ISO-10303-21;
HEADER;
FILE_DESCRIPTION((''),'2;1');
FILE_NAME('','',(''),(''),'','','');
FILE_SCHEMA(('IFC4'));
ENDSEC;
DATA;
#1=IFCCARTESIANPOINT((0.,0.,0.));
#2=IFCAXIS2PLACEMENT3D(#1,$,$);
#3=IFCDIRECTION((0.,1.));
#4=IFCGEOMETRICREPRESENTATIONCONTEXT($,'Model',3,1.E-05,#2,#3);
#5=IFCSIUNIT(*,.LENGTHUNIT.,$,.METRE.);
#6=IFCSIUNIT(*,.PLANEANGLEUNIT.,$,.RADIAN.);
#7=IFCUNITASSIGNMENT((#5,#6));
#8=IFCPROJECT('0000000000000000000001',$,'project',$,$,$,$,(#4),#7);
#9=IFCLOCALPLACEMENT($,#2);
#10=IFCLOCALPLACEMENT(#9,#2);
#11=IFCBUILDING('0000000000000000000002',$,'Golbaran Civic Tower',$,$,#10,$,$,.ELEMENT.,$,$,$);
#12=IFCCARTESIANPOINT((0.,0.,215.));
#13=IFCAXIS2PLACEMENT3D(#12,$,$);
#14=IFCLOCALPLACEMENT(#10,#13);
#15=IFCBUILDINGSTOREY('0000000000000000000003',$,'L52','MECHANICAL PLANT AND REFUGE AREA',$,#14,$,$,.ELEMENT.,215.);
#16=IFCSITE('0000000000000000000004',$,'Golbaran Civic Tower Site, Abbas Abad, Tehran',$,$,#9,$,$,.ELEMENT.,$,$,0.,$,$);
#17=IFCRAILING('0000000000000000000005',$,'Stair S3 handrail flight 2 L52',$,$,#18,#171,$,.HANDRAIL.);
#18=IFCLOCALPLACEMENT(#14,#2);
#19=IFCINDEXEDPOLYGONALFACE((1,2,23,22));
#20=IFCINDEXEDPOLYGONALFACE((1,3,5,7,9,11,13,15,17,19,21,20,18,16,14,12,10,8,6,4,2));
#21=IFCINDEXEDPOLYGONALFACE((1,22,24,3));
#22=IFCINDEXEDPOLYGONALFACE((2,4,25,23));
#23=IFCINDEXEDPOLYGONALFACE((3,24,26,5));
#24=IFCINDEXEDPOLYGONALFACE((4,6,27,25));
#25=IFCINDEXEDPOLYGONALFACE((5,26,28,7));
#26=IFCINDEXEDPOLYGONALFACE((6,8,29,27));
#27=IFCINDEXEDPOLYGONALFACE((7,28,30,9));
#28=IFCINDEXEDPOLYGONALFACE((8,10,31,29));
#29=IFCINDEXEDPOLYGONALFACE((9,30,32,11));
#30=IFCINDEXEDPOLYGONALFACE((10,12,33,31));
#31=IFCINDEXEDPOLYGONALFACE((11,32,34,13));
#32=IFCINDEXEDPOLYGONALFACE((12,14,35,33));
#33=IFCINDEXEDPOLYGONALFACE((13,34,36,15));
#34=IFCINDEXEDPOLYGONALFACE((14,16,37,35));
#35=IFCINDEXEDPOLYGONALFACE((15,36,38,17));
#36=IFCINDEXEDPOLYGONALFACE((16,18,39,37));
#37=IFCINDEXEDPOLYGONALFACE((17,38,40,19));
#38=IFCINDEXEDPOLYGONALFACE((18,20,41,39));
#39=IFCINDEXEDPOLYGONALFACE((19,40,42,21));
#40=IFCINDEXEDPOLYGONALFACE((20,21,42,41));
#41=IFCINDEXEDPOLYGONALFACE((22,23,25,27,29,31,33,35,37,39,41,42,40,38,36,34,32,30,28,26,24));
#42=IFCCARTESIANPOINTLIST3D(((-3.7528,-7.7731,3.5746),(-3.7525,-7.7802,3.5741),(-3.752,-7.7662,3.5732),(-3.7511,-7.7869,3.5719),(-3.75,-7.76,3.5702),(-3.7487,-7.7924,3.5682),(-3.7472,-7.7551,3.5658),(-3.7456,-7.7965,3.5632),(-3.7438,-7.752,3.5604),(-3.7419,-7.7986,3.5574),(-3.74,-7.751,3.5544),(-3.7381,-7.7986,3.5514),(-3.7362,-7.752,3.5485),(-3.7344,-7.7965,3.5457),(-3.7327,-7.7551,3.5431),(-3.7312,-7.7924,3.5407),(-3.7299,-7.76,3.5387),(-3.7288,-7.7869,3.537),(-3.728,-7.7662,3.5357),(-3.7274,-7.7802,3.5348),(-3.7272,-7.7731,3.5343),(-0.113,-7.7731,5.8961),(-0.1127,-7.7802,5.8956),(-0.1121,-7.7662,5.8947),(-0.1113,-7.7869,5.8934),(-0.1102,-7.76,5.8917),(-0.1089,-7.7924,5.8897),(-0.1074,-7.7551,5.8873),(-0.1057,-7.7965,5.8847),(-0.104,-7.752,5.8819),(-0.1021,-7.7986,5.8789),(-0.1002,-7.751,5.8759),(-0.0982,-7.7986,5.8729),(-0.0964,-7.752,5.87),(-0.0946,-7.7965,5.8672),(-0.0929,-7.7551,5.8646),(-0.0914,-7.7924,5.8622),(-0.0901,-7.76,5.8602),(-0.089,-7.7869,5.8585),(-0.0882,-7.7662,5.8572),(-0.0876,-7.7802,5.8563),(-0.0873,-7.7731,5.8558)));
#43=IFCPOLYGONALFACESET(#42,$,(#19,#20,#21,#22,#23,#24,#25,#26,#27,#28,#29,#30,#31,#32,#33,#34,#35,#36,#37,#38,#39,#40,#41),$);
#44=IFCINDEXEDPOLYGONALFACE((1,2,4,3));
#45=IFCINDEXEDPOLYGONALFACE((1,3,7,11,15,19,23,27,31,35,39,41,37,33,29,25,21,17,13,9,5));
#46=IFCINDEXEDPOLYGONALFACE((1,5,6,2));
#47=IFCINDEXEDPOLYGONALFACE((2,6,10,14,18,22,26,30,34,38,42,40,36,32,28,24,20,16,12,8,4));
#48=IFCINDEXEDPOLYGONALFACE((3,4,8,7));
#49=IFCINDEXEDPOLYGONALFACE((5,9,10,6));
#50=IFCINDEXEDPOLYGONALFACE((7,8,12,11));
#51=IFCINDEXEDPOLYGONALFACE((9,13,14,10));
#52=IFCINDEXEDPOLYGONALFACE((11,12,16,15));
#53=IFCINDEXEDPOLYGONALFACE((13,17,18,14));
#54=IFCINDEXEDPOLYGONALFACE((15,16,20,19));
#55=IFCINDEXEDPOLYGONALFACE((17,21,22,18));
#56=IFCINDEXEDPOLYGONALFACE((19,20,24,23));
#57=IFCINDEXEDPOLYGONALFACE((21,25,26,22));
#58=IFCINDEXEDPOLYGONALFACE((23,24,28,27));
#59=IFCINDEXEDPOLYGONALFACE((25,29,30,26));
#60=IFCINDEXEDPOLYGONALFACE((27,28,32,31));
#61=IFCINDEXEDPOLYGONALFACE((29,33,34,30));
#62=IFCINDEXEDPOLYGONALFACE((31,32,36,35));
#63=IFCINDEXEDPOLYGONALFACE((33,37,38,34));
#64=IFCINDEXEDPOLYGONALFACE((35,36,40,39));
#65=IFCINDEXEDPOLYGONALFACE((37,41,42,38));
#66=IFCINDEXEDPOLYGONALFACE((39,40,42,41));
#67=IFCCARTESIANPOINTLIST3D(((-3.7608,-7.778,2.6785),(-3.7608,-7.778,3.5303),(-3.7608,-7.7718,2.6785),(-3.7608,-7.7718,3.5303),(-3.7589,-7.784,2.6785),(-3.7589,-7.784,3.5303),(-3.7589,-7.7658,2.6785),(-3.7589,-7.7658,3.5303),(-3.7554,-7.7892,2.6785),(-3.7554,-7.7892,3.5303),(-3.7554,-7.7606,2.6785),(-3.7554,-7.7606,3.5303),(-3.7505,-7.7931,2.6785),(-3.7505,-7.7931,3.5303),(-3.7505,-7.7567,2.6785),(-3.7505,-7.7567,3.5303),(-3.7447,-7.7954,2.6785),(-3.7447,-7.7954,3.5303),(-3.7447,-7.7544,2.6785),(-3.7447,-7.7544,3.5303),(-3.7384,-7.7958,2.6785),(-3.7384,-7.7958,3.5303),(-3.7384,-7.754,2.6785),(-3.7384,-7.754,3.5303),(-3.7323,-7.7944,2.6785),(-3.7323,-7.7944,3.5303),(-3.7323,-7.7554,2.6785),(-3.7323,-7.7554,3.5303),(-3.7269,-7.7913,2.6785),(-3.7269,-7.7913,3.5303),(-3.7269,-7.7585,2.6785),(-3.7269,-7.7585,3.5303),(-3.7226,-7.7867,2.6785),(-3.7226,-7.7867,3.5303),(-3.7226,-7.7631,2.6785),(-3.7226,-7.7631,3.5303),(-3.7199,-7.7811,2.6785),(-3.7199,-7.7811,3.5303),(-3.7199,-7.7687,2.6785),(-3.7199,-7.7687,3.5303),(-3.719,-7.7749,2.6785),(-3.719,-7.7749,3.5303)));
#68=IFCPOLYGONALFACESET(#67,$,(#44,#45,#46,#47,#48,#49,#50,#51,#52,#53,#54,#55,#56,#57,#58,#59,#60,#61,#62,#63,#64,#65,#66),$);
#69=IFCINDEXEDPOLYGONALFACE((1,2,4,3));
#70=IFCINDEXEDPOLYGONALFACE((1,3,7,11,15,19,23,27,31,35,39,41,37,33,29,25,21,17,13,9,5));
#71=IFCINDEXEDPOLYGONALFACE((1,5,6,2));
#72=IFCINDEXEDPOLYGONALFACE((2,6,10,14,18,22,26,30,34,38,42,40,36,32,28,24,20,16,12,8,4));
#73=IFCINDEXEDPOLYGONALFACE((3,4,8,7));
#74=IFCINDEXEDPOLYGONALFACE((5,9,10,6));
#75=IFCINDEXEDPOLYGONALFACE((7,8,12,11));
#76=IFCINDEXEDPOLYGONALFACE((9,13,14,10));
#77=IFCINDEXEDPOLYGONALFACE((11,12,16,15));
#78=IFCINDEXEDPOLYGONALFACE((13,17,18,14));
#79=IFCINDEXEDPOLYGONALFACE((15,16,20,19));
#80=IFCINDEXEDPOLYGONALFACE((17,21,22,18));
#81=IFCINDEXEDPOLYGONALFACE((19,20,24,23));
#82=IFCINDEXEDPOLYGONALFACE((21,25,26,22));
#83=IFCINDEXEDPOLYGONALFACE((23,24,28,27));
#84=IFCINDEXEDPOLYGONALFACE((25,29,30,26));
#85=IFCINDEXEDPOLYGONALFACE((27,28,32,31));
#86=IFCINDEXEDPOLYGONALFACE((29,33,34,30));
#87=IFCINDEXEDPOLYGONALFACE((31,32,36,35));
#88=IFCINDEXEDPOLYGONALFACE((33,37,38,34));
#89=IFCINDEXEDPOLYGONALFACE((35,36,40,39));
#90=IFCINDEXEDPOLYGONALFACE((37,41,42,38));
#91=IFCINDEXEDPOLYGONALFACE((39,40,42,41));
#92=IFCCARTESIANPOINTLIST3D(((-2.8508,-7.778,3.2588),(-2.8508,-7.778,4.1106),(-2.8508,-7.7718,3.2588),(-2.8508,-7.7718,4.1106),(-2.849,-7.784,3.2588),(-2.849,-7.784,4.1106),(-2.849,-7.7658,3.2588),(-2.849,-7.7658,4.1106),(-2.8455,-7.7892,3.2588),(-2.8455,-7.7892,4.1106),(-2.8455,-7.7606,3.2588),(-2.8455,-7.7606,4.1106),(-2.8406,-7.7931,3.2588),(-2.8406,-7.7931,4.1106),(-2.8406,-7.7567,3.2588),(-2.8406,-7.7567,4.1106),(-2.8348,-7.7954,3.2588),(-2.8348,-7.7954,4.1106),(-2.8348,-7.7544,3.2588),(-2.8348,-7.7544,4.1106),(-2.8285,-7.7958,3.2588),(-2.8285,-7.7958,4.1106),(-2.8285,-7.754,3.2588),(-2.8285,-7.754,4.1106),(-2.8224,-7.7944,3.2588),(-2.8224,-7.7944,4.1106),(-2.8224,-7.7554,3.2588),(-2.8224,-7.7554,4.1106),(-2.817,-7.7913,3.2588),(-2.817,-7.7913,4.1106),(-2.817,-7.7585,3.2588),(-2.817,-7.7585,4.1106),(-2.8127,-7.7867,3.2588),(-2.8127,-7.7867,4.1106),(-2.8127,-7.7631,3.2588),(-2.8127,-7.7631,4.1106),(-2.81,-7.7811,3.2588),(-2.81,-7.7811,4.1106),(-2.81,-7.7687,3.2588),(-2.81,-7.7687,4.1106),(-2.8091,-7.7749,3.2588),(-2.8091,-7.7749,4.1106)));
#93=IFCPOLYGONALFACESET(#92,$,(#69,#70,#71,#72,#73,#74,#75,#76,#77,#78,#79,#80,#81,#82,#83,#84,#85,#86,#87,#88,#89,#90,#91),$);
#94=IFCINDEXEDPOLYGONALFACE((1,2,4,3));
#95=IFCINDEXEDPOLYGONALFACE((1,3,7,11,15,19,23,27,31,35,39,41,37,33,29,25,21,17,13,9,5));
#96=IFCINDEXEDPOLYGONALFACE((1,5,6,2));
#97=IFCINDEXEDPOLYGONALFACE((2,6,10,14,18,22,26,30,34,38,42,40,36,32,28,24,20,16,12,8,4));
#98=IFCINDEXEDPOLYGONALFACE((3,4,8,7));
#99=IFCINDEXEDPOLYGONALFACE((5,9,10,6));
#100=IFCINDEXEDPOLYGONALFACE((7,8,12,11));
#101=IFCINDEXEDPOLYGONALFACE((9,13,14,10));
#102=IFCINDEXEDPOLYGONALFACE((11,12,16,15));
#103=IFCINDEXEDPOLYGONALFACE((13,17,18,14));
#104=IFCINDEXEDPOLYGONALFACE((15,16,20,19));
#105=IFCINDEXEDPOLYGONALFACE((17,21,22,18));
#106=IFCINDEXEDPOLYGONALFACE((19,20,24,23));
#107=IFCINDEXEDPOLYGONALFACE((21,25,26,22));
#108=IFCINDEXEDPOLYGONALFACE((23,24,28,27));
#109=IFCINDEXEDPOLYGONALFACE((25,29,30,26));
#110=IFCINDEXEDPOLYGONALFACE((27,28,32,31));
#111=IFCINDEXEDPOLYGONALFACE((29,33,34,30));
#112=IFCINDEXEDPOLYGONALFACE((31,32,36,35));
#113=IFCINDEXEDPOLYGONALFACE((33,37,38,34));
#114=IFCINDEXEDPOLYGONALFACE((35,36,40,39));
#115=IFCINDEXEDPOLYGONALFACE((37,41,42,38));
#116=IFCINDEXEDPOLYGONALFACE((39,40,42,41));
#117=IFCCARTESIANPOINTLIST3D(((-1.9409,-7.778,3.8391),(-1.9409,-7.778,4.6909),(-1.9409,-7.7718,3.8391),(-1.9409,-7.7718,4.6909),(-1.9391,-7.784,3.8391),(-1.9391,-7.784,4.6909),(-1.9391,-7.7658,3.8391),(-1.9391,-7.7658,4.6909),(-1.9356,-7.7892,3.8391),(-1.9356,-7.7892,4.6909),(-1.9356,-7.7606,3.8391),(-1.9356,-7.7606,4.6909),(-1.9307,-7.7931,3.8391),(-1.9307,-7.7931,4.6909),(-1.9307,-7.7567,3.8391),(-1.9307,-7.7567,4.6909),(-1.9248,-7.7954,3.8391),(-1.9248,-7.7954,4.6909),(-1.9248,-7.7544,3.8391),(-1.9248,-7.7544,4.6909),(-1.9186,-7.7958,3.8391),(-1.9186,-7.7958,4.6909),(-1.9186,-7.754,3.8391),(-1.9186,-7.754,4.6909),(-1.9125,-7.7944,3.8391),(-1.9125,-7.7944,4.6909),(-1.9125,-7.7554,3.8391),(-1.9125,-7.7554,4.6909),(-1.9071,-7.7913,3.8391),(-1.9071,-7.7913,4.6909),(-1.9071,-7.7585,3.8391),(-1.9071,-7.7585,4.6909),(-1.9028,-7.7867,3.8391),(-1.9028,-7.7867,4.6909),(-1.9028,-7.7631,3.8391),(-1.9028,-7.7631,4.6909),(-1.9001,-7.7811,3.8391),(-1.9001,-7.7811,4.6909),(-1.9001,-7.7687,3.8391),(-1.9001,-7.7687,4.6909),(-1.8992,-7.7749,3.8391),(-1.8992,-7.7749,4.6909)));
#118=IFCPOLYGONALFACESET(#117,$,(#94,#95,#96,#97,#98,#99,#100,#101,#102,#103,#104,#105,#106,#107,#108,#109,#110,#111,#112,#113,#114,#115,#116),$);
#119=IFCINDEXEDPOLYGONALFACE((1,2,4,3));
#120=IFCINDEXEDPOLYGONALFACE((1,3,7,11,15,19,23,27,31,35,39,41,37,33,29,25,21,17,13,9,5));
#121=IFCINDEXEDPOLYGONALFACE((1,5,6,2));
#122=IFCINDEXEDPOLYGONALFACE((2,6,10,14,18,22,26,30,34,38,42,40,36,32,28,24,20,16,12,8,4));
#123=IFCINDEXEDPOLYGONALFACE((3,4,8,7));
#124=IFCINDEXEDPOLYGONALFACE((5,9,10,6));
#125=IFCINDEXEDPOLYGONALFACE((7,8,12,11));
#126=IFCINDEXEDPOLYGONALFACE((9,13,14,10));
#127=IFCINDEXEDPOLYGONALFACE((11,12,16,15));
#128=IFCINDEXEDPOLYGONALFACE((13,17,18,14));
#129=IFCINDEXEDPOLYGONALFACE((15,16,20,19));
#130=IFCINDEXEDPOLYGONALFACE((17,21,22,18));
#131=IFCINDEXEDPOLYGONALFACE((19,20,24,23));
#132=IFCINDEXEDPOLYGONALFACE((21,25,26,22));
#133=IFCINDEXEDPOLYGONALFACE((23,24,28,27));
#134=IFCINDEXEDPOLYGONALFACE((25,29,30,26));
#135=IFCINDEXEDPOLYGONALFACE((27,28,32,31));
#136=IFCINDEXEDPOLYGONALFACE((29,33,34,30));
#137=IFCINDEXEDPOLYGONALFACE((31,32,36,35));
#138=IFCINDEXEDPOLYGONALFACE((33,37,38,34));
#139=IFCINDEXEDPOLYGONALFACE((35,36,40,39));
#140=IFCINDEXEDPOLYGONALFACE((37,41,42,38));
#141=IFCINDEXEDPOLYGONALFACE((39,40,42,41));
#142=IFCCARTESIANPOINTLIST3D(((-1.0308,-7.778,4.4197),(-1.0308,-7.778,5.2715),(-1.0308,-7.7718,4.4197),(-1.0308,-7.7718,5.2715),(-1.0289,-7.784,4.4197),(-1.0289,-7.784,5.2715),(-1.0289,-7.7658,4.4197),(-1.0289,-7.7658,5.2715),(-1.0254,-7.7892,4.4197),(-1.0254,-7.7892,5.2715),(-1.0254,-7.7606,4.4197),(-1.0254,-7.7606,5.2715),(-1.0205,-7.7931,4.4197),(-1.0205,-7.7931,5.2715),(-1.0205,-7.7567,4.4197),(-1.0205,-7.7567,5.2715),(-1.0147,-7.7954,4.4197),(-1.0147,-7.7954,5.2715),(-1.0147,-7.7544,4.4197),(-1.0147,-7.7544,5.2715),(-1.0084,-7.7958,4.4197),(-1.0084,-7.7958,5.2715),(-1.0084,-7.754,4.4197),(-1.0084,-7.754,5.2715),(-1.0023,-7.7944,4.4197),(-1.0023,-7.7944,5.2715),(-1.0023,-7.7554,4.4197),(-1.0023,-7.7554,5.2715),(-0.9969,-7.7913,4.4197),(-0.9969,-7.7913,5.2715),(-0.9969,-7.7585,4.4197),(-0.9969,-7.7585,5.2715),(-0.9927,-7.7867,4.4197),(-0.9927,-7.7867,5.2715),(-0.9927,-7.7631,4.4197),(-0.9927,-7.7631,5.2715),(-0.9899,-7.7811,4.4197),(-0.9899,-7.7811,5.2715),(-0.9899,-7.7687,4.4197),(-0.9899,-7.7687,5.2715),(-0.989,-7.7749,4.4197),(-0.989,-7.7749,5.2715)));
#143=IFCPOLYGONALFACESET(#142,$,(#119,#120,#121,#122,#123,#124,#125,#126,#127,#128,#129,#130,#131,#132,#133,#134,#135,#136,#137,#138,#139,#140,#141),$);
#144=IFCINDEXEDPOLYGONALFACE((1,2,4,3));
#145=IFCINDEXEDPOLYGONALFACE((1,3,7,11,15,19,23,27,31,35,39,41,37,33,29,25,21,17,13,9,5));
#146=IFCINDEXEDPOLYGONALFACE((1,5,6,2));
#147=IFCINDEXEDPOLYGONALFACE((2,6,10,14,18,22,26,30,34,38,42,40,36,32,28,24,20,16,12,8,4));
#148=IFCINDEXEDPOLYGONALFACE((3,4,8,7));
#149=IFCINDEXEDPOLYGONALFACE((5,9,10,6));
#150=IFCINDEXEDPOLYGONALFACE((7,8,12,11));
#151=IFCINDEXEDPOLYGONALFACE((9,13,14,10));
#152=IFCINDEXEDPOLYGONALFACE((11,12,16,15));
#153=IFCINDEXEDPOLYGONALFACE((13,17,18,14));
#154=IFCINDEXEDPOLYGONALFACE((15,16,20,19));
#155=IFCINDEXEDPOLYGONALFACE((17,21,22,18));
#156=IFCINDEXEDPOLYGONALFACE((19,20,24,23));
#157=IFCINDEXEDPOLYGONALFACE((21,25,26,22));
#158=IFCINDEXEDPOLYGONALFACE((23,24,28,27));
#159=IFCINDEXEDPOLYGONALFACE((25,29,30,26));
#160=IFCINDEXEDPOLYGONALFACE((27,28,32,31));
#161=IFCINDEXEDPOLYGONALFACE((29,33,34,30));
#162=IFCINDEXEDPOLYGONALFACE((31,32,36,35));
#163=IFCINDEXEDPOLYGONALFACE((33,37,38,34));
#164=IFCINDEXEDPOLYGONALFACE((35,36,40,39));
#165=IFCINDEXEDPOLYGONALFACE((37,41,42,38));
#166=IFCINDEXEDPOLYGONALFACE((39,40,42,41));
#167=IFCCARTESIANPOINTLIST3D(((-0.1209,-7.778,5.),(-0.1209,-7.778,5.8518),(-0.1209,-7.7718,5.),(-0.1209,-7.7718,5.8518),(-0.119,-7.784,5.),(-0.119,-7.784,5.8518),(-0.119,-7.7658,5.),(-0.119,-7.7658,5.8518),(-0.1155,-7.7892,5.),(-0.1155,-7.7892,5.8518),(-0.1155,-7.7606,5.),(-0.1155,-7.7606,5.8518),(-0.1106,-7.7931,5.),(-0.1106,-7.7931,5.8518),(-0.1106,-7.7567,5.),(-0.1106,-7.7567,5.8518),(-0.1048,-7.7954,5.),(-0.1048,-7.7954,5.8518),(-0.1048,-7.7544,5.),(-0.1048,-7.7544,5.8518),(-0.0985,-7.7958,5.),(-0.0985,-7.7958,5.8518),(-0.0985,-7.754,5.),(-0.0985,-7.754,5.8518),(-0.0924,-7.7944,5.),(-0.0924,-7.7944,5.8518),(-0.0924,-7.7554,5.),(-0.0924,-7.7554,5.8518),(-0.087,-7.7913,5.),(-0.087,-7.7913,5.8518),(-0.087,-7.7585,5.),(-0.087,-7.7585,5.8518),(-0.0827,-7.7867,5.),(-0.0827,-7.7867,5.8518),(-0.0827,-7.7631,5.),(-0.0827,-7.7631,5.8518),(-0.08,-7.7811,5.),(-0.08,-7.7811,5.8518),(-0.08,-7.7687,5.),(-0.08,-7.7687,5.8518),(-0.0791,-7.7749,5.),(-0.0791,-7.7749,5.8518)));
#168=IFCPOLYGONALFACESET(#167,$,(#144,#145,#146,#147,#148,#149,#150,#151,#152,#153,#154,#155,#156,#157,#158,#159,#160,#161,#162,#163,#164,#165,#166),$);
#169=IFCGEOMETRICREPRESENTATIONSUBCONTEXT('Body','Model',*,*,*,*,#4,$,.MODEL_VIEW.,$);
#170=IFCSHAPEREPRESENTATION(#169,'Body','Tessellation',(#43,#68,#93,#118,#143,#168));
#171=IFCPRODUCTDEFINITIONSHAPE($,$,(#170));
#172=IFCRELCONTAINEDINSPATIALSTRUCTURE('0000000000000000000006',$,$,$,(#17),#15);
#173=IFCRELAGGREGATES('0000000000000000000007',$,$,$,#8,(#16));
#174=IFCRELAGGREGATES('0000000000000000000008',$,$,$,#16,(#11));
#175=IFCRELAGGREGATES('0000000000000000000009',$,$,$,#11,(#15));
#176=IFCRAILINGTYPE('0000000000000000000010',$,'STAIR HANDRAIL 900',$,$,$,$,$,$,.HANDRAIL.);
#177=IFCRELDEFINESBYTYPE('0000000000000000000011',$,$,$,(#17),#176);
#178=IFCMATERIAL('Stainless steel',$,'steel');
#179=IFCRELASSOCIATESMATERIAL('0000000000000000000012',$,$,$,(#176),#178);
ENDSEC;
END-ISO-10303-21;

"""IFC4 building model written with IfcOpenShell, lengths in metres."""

from ifc_helpers import new_model, si_unit, direction, frame, origin, origin_2d, place, context, subcontext, project, spatial, circle, extrude, material, type_object, element, save


model = new_model("IFC4")

# Units and contexts
model_context = context("Model", 3, precision=1e-05, world=origin(), true_north=direction((0.0, 1.0)))
body_context = subcontext(model_context, "Body", "Model", "MODEL_VIEW")
ifc_project = project(units=[si_unit("LENGTHUNIT", "METRE"), si_unit("PLANEANGLEUNIT", "RADIAN")], contexts=[model_context])

# Site, building, storey
site_placement = place(None, origin())
site = spatial("IfcSite", under=ifc_project, at=site_placement, Name="Golbaran Civic Tower Site, Abbas Abad, Tehran", CompositionType="ELEMENT", RefElevation=0.0)
building_placement = place(site_placement, origin())
building = spatial("IfcBuilding", under=site, at=building_placement, Name="Golbaran Civic Tower", CompositionType="ELEMENT")
storey_placement = place(building_placement, frame((0.0, 0.0, 215.0)))
storey = spatial("IfcBuildingStorey", under=building, at=storey_placement, Name="L52", Description="MECHANICAL PLANT AND REFUGE AREA", CompositionType="ELEMENT", Elevation=215.0)

# Shared definitions
ifc_material_1 = material(Name="Stainless steel", Category="steel")

# Railing
railing_type = type_object("IfcRailingType", Name="STAIR HANDRAIL 900", PredefinedType="HANDRAIL", material=ifc_material_1)
railing_1_placement = place(storey_placement, frame((-3.74, -7.7749, 2.6785)))
element("IfcRailing", 1, at=railing_1_placement, inside=storey, type_object=railing_type, Name="Stair S3 handrail flight 2 L52", PredefinedType="HANDRAIL", context=body_context, shape_type="SweptSolid", body=[
    extrude(circle(Radius=0.0239, at=origin_2d()), frame((0.0, 0.0, 0.876), z_axis=(0.843112, 0.0, 0.537739), x_axis=(0.0, 1.0, 0.0)), (0.0, 0.0, 1.0), 4.3171),
    extrude(circle(Radius=0.021, at=origin_2d()), origin(), (0.0, 0.0, 1.0), 0.8518),
    extrude(circle(Radius=0.021, at=origin_2d()), frame((0.9099, 0.0, 0.5803)), (0.0, 0.0, 1.0), 0.8518),
    extrude(circle(Radius=0.021, at=origin_2d()), frame((1.8198, 0.0, 1.1606)), (0.0, 0.0, 1.0), 0.8518),
    extrude(circle(Radius=0.021, at=origin_2d()), frame((2.73, 0.0, 1.7412)), (0.0, 0.0, 1.0), 0.8518),
    extrude(circle(Radius=0.021, at=origin_2d()), frame((3.6399, 0.0, 2.3215)), (0.0, 0.0, 1.0), 0.8518),
])

save(model, "model.ifc")
